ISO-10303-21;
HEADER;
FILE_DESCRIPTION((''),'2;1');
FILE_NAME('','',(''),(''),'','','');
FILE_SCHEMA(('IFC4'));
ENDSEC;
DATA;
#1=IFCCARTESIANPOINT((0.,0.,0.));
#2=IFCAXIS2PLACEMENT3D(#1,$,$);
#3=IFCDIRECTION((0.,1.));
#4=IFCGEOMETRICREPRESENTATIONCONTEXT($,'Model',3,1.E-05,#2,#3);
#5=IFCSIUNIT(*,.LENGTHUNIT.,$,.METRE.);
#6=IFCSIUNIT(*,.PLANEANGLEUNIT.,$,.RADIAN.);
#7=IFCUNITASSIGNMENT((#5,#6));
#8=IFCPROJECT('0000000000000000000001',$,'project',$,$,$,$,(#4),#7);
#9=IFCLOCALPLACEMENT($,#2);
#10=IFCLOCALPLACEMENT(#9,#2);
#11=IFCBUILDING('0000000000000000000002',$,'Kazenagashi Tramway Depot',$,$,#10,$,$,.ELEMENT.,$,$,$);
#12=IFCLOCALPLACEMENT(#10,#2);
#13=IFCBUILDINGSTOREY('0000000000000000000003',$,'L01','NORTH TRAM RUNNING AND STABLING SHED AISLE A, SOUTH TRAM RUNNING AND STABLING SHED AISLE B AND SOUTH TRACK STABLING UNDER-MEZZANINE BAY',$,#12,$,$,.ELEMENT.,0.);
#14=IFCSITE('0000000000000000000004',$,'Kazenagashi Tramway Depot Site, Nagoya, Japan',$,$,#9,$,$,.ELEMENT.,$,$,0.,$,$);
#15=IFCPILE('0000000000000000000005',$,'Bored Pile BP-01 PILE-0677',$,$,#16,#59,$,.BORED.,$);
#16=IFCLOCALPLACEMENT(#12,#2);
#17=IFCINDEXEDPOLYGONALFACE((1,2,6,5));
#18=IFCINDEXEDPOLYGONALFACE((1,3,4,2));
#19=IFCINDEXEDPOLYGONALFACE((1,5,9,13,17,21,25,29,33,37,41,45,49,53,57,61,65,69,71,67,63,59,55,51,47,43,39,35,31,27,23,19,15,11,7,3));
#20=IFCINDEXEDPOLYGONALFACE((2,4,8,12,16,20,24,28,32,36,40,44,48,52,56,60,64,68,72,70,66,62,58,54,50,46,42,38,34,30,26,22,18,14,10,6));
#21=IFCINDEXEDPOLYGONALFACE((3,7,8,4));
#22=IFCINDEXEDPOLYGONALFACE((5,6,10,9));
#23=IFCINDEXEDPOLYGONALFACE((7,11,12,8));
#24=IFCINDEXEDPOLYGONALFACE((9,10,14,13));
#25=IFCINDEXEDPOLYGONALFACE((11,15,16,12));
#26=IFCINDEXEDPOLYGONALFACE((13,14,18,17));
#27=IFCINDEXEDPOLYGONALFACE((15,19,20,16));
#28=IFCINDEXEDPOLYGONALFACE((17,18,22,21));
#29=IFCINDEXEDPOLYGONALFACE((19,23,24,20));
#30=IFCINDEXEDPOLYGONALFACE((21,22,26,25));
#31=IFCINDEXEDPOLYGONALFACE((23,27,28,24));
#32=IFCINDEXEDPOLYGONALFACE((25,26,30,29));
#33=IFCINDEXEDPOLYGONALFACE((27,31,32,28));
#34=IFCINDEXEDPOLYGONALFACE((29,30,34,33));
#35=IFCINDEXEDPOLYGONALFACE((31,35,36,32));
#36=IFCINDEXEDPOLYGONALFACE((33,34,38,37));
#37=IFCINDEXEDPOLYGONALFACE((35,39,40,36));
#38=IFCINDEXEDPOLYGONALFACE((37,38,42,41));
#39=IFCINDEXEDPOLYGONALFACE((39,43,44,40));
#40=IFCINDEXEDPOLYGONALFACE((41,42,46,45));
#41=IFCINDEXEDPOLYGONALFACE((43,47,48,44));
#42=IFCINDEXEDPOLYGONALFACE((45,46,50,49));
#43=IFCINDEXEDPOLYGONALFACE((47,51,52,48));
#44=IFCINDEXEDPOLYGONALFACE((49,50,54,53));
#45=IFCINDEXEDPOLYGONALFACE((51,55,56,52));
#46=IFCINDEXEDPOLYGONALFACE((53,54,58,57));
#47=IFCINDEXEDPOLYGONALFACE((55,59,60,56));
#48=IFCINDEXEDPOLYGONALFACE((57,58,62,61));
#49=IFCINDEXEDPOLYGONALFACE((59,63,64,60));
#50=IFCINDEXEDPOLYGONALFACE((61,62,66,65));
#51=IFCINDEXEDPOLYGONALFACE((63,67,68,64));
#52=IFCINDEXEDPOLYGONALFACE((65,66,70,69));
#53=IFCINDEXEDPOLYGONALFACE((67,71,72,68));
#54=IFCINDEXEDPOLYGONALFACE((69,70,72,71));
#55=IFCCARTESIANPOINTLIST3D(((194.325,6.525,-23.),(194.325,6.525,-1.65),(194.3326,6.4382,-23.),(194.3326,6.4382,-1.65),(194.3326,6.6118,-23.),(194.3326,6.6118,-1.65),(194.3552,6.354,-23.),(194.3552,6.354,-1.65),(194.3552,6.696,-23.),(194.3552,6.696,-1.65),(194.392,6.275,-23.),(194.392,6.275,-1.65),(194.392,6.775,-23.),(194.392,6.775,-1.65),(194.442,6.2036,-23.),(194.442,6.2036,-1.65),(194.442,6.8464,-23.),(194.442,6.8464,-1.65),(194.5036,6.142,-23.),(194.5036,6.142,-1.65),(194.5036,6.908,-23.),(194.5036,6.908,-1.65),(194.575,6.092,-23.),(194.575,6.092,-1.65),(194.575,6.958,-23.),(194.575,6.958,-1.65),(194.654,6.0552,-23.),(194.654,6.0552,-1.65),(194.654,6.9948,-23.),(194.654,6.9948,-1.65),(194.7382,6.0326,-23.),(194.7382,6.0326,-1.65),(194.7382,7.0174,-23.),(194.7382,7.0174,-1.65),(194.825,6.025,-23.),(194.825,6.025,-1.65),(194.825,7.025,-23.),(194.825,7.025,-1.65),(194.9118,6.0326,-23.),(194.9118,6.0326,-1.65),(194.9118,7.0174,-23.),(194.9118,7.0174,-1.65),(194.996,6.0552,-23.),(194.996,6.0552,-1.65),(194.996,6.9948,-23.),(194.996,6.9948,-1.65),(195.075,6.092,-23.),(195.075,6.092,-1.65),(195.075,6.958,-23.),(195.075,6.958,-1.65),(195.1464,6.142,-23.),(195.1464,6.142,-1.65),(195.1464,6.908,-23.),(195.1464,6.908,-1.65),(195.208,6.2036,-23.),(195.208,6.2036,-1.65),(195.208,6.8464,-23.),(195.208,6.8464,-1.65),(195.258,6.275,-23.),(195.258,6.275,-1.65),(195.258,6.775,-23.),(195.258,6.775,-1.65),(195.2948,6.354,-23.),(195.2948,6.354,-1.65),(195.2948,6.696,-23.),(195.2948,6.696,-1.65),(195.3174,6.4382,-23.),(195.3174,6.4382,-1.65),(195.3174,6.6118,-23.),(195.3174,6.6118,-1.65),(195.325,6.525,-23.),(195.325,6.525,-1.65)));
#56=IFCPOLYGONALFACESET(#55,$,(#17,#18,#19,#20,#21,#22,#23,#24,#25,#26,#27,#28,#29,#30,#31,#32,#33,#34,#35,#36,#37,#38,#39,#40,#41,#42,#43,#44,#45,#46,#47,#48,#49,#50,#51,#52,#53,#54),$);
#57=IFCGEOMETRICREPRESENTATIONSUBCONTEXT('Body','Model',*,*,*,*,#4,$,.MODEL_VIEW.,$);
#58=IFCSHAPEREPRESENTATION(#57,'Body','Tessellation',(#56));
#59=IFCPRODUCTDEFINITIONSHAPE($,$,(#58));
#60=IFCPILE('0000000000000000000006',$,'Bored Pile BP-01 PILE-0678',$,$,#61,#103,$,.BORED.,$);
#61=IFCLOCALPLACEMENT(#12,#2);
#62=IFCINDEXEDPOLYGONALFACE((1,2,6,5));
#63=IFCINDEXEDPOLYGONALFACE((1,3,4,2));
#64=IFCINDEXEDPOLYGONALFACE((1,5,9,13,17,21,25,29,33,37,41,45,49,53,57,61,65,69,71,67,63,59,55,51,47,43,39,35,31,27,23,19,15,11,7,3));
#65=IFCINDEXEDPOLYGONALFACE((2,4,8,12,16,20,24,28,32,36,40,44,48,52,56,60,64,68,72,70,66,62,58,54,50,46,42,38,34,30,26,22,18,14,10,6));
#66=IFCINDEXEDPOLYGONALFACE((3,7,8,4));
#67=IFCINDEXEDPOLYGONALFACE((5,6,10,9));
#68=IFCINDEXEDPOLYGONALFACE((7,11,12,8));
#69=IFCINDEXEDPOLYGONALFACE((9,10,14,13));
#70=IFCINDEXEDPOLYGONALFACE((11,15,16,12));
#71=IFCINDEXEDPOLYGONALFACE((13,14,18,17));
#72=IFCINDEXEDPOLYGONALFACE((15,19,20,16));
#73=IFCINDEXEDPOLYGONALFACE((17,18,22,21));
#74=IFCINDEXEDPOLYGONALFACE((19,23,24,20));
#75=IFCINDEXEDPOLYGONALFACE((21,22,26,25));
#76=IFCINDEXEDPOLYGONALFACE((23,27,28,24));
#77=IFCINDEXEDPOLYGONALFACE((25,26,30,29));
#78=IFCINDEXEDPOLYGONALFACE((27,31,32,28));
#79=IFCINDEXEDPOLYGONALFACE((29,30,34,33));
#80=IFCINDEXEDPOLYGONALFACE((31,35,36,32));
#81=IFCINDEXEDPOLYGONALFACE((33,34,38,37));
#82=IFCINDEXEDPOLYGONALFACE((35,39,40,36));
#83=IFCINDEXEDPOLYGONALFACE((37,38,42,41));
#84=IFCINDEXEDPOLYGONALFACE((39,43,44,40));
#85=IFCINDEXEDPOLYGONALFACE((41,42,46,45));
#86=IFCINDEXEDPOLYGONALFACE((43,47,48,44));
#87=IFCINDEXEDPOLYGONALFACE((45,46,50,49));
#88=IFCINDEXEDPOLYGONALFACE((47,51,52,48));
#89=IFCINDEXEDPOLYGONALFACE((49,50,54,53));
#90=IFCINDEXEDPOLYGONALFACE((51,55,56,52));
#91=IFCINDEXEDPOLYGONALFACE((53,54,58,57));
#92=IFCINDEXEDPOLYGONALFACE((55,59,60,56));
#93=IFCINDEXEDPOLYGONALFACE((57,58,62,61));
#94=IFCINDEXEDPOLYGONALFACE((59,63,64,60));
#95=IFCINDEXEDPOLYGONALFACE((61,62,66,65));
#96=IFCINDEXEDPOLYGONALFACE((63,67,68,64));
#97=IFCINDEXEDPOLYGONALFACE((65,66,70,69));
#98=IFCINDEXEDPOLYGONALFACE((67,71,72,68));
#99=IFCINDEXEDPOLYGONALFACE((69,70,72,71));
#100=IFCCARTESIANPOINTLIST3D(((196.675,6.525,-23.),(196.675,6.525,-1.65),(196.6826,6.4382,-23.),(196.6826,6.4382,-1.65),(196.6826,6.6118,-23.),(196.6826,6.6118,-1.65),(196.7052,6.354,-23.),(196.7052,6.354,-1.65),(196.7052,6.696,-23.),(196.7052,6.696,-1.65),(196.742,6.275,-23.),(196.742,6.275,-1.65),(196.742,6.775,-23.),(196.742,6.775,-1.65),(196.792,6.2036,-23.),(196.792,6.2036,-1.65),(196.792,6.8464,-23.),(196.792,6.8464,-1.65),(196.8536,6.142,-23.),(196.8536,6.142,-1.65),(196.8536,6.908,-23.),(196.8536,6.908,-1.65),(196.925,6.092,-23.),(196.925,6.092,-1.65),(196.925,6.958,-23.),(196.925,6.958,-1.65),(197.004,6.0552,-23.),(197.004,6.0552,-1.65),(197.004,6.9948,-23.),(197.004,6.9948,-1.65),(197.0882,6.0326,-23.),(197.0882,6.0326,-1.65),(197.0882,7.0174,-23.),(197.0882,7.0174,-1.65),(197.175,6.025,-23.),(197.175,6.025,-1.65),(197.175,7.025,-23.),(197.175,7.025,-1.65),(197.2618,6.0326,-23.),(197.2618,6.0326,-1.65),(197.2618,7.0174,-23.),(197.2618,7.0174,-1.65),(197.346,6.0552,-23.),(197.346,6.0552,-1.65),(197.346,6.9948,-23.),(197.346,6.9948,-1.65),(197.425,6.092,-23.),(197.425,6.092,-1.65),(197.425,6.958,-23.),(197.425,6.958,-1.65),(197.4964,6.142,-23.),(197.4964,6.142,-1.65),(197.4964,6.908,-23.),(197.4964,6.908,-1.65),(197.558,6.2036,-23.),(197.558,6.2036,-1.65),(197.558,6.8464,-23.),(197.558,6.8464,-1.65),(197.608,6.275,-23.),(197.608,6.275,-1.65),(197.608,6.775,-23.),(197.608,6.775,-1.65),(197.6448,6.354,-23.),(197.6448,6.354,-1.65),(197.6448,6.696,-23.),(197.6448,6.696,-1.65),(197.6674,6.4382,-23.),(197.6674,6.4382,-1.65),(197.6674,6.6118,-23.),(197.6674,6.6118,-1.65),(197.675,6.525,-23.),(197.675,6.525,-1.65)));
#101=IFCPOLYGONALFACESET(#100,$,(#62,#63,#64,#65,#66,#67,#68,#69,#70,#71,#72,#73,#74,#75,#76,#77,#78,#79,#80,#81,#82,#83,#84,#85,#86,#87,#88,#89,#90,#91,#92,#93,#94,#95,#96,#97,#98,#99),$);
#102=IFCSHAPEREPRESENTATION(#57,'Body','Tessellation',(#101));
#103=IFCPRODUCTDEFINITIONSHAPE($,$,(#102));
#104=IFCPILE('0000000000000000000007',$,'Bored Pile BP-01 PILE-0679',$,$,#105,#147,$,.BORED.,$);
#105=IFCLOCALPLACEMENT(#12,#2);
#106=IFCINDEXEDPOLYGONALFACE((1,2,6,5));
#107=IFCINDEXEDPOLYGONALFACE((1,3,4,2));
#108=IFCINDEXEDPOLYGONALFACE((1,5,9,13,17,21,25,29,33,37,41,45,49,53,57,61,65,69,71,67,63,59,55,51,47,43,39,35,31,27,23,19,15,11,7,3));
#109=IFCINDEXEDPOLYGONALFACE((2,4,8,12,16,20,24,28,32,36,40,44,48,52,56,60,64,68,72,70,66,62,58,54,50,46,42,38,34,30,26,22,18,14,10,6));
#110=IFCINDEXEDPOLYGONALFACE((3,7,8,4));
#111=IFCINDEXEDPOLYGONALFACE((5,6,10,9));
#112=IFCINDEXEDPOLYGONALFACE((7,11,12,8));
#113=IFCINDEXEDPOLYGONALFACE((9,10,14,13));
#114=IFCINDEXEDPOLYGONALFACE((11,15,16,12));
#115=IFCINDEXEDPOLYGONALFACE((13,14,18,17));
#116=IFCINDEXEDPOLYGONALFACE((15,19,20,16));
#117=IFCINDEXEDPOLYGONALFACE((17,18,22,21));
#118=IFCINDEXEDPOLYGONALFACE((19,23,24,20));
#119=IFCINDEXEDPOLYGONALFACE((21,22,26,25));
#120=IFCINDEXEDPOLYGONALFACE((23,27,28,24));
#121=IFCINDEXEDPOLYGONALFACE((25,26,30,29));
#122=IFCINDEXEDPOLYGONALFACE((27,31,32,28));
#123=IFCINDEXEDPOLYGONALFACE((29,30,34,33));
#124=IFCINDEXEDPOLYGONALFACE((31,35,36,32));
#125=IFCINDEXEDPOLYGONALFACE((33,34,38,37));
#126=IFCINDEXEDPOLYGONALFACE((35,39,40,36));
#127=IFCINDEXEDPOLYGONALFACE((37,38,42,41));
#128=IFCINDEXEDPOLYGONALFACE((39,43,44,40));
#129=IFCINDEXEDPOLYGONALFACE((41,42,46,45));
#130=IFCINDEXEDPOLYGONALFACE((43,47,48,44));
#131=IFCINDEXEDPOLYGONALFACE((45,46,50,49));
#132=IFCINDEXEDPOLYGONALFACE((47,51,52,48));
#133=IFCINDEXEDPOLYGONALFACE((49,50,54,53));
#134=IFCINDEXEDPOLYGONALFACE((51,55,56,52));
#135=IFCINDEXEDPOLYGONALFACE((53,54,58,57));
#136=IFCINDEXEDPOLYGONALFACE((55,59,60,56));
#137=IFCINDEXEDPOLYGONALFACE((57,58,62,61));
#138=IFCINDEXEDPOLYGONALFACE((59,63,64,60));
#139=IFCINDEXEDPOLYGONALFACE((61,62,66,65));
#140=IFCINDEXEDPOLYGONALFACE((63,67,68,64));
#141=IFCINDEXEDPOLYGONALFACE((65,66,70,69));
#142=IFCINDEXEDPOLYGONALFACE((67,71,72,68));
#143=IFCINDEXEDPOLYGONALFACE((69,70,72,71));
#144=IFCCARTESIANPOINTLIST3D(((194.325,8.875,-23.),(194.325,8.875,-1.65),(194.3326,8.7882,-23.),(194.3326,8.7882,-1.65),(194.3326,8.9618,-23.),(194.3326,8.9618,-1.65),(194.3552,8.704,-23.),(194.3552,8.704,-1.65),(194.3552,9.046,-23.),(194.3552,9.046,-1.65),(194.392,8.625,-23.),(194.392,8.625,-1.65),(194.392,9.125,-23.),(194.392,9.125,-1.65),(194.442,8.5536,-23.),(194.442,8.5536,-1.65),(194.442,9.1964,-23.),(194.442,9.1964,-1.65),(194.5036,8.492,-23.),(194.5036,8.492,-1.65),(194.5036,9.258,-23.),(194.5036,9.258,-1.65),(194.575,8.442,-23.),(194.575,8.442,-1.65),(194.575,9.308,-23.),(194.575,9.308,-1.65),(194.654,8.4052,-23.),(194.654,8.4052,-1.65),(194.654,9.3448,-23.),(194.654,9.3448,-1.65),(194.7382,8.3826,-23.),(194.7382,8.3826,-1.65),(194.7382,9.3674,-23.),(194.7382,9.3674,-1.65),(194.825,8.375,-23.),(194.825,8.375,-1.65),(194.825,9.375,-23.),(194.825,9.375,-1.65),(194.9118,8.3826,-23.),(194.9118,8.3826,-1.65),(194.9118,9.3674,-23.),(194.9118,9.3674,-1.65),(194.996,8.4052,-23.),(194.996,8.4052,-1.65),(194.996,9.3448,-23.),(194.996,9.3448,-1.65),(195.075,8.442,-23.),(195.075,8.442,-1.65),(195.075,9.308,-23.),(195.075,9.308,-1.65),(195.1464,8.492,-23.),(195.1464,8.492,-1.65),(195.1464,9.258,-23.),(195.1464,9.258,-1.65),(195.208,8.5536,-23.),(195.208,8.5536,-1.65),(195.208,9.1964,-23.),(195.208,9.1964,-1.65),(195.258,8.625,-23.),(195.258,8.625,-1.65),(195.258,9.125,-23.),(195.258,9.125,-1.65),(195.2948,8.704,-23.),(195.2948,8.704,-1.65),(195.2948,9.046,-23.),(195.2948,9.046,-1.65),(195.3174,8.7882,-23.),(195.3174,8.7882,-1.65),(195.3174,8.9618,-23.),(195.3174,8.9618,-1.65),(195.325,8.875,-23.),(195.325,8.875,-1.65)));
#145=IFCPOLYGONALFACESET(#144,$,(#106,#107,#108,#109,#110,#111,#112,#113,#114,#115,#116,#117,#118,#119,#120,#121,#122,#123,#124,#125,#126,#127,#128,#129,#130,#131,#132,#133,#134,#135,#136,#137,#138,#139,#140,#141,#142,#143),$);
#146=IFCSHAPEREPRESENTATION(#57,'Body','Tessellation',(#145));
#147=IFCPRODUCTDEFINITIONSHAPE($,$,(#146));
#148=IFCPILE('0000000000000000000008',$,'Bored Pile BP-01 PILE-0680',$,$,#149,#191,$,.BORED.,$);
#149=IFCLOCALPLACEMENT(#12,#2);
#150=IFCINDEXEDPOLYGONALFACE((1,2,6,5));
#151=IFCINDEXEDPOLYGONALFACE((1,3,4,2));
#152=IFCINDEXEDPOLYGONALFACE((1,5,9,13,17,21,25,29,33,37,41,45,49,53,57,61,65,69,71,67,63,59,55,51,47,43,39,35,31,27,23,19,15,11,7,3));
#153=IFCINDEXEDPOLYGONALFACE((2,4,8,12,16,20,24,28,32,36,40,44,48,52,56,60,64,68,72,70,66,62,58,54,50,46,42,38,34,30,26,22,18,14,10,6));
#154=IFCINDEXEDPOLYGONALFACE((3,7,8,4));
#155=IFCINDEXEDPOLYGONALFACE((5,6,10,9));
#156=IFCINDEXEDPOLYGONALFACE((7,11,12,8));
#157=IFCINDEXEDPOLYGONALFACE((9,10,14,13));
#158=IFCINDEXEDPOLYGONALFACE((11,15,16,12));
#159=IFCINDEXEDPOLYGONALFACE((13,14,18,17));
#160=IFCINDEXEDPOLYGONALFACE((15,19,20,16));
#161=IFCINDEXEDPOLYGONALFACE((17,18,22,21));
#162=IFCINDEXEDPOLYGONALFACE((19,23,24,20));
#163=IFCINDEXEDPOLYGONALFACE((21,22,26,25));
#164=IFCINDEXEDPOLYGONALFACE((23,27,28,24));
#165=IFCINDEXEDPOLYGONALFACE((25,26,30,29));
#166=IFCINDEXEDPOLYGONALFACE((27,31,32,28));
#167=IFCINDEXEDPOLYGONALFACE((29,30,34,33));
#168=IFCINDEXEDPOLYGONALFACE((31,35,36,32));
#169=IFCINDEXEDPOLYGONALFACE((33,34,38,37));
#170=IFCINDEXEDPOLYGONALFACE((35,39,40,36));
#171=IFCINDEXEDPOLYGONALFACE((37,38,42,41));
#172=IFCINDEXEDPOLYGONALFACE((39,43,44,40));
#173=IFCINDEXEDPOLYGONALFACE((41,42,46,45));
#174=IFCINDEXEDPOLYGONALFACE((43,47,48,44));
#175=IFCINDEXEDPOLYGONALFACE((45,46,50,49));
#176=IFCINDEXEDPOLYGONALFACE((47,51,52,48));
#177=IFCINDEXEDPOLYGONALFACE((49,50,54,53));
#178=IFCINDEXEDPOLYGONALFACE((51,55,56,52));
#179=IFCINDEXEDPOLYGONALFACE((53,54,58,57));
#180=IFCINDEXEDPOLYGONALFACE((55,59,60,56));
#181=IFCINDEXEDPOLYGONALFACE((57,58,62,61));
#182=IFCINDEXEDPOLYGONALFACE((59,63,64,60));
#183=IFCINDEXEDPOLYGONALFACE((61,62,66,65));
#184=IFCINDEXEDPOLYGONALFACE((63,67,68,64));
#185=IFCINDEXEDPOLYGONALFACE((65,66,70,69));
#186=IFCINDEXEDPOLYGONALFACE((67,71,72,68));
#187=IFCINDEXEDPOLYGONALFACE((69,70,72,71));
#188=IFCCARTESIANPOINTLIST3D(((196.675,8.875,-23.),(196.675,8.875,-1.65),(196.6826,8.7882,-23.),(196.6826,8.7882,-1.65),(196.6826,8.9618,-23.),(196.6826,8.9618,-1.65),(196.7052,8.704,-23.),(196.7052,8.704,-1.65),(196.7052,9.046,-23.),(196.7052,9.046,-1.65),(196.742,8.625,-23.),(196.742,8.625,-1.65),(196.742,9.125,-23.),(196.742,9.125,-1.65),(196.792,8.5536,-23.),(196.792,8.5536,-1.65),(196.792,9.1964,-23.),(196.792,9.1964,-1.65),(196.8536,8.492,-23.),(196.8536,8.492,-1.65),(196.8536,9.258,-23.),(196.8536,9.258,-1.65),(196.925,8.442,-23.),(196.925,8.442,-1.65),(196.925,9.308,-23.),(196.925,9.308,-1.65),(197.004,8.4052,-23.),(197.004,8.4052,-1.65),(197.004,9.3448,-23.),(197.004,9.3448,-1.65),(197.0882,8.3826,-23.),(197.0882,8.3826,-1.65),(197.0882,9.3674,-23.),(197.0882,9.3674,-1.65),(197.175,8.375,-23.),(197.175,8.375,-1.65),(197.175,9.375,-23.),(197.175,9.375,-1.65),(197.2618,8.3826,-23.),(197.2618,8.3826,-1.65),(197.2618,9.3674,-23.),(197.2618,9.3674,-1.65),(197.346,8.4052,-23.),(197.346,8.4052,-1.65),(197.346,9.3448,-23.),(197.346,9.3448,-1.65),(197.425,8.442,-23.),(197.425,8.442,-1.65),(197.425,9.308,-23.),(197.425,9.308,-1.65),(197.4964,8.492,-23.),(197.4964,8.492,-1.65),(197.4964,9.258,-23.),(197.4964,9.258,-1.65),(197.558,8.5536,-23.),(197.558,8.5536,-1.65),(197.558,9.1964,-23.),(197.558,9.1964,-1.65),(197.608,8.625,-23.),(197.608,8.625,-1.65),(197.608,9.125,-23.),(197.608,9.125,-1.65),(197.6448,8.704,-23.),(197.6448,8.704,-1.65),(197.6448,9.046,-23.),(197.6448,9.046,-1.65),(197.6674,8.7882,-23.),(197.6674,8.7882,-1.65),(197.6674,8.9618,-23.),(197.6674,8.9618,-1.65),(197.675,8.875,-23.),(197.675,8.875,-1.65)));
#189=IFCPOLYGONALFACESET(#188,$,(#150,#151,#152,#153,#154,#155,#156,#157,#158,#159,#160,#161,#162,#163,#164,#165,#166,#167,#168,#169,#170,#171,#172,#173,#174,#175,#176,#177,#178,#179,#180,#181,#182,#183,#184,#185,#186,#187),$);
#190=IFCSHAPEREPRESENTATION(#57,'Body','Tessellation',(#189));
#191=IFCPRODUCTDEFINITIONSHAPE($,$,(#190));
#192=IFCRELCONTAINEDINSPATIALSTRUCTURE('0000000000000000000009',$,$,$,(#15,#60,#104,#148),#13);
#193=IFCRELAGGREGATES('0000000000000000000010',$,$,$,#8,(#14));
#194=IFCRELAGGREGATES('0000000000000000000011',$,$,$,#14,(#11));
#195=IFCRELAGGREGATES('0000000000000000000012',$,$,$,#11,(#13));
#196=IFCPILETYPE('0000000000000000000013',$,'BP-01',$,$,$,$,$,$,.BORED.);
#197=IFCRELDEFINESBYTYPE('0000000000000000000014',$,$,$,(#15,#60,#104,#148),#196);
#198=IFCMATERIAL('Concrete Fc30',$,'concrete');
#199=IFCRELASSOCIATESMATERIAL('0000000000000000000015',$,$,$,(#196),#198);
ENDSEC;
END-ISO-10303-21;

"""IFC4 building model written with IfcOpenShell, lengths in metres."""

from ifc_helpers import new_model, si_unit, direction, frame, origin, origin_2d, place, context, subcontext, project, spatial, circle, extrude, material, material_profile, profile_set, type_object, element, save


model = new_model("IFC4")

# Units and contexts
model_context = context("Model", 3, precision=1e-05, world=origin(), true_north=direction((0.0, 1.0)))
body_context = subcontext(model_context, "Body", "Model", "MODEL_VIEW")
ifc_project = project(units=[si_unit("LENGTHUNIT", "METRE"), si_unit("PLANEANGLEUNIT", "RADIAN")], contexts=[model_context])

# Site, building, storey
site_placement = place(None, origin())
site = spatial("IfcSite", under=ifc_project, at=site_placement, Name="Kazenagashi Tramway Depot Site, Nagoya, Japan", CompositionType="ELEMENT", RefElevation=0.0)
building_placement = place(site_placement, origin())
building = spatial("IfcBuilding", under=site, at=building_placement, Name="Kazenagashi Tramway Depot", CompositionType="ELEMENT")
storey_placement = place(building_placement, origin())
storey = spatial("IfcBuildingStorey", under=building, at=storey_placement, Name="L01", Description="NORTH TRAM RUNNING AND STABLING SHED AISLE A, SOUTH TRAM RUNNING AND STABLING SHED AISLE B AND SOUTH TRACK STABLING UNDER-MEZZANINE BAY", CompositionType="ELEMENT", Elevation=0.0)

# Piles
ifc_material_1 = material(Name="Concrete Fc30", Category="concrete")
ifc_material_profile_1 = material_profile(ifc_material_1, circle(Radius=0.5, at=origin_2d()), Name="PILE-1000")
ifc_profile_set_1 = profile_set([ifc_material_profile_1], Name="Concrete Fc30")
pile_type = type_object("IfcPileType", Name="BP-01", PredefinedType="BORED", material=ifc_profile_set_1)
for number, where, z_axis, x_axis, name in (
    (1, (194.825, 6.525, -1.65), (0.0, 0.0, -1.0), (1.0, 0.0, 0.0), "Bored Pile BP-01 PILE-0677"),
    (2, (197.175, 6.525, -1.65), (0.0, 0.0, -1.0), (1.0, 0.0, 0.0), "Bored Pile BP-01 PILE-0678"),
    (3, (194.825, 8.875, -1.65), (0.0, 0.0, -1.0), (1.0, 0.0, 0.0), "Bored Pile BP-01 PILE-0679"),
    (4, (197.175, 8.875, -1.65), (0.0, 0.0, -1.0), (1.0, 0.0, 0.0), "Bored Pile BP-01 PILE-0680"),
):
    element("IfcPile", number, at=place(storey_placement, frame(where, z_axis=z_axis, x_axis=x_axis)), inside=storey, type_object=pile_type, Name=name, PredefinedType="BORED", context=body_context, shape_type="SweptSolid", body=[
        extrude(circle(Radius=0.5, at=origin_2d()), origin(), (0.0, 0.0, 1.0), 21.35),
    ])

save(model, "model.ifc")
